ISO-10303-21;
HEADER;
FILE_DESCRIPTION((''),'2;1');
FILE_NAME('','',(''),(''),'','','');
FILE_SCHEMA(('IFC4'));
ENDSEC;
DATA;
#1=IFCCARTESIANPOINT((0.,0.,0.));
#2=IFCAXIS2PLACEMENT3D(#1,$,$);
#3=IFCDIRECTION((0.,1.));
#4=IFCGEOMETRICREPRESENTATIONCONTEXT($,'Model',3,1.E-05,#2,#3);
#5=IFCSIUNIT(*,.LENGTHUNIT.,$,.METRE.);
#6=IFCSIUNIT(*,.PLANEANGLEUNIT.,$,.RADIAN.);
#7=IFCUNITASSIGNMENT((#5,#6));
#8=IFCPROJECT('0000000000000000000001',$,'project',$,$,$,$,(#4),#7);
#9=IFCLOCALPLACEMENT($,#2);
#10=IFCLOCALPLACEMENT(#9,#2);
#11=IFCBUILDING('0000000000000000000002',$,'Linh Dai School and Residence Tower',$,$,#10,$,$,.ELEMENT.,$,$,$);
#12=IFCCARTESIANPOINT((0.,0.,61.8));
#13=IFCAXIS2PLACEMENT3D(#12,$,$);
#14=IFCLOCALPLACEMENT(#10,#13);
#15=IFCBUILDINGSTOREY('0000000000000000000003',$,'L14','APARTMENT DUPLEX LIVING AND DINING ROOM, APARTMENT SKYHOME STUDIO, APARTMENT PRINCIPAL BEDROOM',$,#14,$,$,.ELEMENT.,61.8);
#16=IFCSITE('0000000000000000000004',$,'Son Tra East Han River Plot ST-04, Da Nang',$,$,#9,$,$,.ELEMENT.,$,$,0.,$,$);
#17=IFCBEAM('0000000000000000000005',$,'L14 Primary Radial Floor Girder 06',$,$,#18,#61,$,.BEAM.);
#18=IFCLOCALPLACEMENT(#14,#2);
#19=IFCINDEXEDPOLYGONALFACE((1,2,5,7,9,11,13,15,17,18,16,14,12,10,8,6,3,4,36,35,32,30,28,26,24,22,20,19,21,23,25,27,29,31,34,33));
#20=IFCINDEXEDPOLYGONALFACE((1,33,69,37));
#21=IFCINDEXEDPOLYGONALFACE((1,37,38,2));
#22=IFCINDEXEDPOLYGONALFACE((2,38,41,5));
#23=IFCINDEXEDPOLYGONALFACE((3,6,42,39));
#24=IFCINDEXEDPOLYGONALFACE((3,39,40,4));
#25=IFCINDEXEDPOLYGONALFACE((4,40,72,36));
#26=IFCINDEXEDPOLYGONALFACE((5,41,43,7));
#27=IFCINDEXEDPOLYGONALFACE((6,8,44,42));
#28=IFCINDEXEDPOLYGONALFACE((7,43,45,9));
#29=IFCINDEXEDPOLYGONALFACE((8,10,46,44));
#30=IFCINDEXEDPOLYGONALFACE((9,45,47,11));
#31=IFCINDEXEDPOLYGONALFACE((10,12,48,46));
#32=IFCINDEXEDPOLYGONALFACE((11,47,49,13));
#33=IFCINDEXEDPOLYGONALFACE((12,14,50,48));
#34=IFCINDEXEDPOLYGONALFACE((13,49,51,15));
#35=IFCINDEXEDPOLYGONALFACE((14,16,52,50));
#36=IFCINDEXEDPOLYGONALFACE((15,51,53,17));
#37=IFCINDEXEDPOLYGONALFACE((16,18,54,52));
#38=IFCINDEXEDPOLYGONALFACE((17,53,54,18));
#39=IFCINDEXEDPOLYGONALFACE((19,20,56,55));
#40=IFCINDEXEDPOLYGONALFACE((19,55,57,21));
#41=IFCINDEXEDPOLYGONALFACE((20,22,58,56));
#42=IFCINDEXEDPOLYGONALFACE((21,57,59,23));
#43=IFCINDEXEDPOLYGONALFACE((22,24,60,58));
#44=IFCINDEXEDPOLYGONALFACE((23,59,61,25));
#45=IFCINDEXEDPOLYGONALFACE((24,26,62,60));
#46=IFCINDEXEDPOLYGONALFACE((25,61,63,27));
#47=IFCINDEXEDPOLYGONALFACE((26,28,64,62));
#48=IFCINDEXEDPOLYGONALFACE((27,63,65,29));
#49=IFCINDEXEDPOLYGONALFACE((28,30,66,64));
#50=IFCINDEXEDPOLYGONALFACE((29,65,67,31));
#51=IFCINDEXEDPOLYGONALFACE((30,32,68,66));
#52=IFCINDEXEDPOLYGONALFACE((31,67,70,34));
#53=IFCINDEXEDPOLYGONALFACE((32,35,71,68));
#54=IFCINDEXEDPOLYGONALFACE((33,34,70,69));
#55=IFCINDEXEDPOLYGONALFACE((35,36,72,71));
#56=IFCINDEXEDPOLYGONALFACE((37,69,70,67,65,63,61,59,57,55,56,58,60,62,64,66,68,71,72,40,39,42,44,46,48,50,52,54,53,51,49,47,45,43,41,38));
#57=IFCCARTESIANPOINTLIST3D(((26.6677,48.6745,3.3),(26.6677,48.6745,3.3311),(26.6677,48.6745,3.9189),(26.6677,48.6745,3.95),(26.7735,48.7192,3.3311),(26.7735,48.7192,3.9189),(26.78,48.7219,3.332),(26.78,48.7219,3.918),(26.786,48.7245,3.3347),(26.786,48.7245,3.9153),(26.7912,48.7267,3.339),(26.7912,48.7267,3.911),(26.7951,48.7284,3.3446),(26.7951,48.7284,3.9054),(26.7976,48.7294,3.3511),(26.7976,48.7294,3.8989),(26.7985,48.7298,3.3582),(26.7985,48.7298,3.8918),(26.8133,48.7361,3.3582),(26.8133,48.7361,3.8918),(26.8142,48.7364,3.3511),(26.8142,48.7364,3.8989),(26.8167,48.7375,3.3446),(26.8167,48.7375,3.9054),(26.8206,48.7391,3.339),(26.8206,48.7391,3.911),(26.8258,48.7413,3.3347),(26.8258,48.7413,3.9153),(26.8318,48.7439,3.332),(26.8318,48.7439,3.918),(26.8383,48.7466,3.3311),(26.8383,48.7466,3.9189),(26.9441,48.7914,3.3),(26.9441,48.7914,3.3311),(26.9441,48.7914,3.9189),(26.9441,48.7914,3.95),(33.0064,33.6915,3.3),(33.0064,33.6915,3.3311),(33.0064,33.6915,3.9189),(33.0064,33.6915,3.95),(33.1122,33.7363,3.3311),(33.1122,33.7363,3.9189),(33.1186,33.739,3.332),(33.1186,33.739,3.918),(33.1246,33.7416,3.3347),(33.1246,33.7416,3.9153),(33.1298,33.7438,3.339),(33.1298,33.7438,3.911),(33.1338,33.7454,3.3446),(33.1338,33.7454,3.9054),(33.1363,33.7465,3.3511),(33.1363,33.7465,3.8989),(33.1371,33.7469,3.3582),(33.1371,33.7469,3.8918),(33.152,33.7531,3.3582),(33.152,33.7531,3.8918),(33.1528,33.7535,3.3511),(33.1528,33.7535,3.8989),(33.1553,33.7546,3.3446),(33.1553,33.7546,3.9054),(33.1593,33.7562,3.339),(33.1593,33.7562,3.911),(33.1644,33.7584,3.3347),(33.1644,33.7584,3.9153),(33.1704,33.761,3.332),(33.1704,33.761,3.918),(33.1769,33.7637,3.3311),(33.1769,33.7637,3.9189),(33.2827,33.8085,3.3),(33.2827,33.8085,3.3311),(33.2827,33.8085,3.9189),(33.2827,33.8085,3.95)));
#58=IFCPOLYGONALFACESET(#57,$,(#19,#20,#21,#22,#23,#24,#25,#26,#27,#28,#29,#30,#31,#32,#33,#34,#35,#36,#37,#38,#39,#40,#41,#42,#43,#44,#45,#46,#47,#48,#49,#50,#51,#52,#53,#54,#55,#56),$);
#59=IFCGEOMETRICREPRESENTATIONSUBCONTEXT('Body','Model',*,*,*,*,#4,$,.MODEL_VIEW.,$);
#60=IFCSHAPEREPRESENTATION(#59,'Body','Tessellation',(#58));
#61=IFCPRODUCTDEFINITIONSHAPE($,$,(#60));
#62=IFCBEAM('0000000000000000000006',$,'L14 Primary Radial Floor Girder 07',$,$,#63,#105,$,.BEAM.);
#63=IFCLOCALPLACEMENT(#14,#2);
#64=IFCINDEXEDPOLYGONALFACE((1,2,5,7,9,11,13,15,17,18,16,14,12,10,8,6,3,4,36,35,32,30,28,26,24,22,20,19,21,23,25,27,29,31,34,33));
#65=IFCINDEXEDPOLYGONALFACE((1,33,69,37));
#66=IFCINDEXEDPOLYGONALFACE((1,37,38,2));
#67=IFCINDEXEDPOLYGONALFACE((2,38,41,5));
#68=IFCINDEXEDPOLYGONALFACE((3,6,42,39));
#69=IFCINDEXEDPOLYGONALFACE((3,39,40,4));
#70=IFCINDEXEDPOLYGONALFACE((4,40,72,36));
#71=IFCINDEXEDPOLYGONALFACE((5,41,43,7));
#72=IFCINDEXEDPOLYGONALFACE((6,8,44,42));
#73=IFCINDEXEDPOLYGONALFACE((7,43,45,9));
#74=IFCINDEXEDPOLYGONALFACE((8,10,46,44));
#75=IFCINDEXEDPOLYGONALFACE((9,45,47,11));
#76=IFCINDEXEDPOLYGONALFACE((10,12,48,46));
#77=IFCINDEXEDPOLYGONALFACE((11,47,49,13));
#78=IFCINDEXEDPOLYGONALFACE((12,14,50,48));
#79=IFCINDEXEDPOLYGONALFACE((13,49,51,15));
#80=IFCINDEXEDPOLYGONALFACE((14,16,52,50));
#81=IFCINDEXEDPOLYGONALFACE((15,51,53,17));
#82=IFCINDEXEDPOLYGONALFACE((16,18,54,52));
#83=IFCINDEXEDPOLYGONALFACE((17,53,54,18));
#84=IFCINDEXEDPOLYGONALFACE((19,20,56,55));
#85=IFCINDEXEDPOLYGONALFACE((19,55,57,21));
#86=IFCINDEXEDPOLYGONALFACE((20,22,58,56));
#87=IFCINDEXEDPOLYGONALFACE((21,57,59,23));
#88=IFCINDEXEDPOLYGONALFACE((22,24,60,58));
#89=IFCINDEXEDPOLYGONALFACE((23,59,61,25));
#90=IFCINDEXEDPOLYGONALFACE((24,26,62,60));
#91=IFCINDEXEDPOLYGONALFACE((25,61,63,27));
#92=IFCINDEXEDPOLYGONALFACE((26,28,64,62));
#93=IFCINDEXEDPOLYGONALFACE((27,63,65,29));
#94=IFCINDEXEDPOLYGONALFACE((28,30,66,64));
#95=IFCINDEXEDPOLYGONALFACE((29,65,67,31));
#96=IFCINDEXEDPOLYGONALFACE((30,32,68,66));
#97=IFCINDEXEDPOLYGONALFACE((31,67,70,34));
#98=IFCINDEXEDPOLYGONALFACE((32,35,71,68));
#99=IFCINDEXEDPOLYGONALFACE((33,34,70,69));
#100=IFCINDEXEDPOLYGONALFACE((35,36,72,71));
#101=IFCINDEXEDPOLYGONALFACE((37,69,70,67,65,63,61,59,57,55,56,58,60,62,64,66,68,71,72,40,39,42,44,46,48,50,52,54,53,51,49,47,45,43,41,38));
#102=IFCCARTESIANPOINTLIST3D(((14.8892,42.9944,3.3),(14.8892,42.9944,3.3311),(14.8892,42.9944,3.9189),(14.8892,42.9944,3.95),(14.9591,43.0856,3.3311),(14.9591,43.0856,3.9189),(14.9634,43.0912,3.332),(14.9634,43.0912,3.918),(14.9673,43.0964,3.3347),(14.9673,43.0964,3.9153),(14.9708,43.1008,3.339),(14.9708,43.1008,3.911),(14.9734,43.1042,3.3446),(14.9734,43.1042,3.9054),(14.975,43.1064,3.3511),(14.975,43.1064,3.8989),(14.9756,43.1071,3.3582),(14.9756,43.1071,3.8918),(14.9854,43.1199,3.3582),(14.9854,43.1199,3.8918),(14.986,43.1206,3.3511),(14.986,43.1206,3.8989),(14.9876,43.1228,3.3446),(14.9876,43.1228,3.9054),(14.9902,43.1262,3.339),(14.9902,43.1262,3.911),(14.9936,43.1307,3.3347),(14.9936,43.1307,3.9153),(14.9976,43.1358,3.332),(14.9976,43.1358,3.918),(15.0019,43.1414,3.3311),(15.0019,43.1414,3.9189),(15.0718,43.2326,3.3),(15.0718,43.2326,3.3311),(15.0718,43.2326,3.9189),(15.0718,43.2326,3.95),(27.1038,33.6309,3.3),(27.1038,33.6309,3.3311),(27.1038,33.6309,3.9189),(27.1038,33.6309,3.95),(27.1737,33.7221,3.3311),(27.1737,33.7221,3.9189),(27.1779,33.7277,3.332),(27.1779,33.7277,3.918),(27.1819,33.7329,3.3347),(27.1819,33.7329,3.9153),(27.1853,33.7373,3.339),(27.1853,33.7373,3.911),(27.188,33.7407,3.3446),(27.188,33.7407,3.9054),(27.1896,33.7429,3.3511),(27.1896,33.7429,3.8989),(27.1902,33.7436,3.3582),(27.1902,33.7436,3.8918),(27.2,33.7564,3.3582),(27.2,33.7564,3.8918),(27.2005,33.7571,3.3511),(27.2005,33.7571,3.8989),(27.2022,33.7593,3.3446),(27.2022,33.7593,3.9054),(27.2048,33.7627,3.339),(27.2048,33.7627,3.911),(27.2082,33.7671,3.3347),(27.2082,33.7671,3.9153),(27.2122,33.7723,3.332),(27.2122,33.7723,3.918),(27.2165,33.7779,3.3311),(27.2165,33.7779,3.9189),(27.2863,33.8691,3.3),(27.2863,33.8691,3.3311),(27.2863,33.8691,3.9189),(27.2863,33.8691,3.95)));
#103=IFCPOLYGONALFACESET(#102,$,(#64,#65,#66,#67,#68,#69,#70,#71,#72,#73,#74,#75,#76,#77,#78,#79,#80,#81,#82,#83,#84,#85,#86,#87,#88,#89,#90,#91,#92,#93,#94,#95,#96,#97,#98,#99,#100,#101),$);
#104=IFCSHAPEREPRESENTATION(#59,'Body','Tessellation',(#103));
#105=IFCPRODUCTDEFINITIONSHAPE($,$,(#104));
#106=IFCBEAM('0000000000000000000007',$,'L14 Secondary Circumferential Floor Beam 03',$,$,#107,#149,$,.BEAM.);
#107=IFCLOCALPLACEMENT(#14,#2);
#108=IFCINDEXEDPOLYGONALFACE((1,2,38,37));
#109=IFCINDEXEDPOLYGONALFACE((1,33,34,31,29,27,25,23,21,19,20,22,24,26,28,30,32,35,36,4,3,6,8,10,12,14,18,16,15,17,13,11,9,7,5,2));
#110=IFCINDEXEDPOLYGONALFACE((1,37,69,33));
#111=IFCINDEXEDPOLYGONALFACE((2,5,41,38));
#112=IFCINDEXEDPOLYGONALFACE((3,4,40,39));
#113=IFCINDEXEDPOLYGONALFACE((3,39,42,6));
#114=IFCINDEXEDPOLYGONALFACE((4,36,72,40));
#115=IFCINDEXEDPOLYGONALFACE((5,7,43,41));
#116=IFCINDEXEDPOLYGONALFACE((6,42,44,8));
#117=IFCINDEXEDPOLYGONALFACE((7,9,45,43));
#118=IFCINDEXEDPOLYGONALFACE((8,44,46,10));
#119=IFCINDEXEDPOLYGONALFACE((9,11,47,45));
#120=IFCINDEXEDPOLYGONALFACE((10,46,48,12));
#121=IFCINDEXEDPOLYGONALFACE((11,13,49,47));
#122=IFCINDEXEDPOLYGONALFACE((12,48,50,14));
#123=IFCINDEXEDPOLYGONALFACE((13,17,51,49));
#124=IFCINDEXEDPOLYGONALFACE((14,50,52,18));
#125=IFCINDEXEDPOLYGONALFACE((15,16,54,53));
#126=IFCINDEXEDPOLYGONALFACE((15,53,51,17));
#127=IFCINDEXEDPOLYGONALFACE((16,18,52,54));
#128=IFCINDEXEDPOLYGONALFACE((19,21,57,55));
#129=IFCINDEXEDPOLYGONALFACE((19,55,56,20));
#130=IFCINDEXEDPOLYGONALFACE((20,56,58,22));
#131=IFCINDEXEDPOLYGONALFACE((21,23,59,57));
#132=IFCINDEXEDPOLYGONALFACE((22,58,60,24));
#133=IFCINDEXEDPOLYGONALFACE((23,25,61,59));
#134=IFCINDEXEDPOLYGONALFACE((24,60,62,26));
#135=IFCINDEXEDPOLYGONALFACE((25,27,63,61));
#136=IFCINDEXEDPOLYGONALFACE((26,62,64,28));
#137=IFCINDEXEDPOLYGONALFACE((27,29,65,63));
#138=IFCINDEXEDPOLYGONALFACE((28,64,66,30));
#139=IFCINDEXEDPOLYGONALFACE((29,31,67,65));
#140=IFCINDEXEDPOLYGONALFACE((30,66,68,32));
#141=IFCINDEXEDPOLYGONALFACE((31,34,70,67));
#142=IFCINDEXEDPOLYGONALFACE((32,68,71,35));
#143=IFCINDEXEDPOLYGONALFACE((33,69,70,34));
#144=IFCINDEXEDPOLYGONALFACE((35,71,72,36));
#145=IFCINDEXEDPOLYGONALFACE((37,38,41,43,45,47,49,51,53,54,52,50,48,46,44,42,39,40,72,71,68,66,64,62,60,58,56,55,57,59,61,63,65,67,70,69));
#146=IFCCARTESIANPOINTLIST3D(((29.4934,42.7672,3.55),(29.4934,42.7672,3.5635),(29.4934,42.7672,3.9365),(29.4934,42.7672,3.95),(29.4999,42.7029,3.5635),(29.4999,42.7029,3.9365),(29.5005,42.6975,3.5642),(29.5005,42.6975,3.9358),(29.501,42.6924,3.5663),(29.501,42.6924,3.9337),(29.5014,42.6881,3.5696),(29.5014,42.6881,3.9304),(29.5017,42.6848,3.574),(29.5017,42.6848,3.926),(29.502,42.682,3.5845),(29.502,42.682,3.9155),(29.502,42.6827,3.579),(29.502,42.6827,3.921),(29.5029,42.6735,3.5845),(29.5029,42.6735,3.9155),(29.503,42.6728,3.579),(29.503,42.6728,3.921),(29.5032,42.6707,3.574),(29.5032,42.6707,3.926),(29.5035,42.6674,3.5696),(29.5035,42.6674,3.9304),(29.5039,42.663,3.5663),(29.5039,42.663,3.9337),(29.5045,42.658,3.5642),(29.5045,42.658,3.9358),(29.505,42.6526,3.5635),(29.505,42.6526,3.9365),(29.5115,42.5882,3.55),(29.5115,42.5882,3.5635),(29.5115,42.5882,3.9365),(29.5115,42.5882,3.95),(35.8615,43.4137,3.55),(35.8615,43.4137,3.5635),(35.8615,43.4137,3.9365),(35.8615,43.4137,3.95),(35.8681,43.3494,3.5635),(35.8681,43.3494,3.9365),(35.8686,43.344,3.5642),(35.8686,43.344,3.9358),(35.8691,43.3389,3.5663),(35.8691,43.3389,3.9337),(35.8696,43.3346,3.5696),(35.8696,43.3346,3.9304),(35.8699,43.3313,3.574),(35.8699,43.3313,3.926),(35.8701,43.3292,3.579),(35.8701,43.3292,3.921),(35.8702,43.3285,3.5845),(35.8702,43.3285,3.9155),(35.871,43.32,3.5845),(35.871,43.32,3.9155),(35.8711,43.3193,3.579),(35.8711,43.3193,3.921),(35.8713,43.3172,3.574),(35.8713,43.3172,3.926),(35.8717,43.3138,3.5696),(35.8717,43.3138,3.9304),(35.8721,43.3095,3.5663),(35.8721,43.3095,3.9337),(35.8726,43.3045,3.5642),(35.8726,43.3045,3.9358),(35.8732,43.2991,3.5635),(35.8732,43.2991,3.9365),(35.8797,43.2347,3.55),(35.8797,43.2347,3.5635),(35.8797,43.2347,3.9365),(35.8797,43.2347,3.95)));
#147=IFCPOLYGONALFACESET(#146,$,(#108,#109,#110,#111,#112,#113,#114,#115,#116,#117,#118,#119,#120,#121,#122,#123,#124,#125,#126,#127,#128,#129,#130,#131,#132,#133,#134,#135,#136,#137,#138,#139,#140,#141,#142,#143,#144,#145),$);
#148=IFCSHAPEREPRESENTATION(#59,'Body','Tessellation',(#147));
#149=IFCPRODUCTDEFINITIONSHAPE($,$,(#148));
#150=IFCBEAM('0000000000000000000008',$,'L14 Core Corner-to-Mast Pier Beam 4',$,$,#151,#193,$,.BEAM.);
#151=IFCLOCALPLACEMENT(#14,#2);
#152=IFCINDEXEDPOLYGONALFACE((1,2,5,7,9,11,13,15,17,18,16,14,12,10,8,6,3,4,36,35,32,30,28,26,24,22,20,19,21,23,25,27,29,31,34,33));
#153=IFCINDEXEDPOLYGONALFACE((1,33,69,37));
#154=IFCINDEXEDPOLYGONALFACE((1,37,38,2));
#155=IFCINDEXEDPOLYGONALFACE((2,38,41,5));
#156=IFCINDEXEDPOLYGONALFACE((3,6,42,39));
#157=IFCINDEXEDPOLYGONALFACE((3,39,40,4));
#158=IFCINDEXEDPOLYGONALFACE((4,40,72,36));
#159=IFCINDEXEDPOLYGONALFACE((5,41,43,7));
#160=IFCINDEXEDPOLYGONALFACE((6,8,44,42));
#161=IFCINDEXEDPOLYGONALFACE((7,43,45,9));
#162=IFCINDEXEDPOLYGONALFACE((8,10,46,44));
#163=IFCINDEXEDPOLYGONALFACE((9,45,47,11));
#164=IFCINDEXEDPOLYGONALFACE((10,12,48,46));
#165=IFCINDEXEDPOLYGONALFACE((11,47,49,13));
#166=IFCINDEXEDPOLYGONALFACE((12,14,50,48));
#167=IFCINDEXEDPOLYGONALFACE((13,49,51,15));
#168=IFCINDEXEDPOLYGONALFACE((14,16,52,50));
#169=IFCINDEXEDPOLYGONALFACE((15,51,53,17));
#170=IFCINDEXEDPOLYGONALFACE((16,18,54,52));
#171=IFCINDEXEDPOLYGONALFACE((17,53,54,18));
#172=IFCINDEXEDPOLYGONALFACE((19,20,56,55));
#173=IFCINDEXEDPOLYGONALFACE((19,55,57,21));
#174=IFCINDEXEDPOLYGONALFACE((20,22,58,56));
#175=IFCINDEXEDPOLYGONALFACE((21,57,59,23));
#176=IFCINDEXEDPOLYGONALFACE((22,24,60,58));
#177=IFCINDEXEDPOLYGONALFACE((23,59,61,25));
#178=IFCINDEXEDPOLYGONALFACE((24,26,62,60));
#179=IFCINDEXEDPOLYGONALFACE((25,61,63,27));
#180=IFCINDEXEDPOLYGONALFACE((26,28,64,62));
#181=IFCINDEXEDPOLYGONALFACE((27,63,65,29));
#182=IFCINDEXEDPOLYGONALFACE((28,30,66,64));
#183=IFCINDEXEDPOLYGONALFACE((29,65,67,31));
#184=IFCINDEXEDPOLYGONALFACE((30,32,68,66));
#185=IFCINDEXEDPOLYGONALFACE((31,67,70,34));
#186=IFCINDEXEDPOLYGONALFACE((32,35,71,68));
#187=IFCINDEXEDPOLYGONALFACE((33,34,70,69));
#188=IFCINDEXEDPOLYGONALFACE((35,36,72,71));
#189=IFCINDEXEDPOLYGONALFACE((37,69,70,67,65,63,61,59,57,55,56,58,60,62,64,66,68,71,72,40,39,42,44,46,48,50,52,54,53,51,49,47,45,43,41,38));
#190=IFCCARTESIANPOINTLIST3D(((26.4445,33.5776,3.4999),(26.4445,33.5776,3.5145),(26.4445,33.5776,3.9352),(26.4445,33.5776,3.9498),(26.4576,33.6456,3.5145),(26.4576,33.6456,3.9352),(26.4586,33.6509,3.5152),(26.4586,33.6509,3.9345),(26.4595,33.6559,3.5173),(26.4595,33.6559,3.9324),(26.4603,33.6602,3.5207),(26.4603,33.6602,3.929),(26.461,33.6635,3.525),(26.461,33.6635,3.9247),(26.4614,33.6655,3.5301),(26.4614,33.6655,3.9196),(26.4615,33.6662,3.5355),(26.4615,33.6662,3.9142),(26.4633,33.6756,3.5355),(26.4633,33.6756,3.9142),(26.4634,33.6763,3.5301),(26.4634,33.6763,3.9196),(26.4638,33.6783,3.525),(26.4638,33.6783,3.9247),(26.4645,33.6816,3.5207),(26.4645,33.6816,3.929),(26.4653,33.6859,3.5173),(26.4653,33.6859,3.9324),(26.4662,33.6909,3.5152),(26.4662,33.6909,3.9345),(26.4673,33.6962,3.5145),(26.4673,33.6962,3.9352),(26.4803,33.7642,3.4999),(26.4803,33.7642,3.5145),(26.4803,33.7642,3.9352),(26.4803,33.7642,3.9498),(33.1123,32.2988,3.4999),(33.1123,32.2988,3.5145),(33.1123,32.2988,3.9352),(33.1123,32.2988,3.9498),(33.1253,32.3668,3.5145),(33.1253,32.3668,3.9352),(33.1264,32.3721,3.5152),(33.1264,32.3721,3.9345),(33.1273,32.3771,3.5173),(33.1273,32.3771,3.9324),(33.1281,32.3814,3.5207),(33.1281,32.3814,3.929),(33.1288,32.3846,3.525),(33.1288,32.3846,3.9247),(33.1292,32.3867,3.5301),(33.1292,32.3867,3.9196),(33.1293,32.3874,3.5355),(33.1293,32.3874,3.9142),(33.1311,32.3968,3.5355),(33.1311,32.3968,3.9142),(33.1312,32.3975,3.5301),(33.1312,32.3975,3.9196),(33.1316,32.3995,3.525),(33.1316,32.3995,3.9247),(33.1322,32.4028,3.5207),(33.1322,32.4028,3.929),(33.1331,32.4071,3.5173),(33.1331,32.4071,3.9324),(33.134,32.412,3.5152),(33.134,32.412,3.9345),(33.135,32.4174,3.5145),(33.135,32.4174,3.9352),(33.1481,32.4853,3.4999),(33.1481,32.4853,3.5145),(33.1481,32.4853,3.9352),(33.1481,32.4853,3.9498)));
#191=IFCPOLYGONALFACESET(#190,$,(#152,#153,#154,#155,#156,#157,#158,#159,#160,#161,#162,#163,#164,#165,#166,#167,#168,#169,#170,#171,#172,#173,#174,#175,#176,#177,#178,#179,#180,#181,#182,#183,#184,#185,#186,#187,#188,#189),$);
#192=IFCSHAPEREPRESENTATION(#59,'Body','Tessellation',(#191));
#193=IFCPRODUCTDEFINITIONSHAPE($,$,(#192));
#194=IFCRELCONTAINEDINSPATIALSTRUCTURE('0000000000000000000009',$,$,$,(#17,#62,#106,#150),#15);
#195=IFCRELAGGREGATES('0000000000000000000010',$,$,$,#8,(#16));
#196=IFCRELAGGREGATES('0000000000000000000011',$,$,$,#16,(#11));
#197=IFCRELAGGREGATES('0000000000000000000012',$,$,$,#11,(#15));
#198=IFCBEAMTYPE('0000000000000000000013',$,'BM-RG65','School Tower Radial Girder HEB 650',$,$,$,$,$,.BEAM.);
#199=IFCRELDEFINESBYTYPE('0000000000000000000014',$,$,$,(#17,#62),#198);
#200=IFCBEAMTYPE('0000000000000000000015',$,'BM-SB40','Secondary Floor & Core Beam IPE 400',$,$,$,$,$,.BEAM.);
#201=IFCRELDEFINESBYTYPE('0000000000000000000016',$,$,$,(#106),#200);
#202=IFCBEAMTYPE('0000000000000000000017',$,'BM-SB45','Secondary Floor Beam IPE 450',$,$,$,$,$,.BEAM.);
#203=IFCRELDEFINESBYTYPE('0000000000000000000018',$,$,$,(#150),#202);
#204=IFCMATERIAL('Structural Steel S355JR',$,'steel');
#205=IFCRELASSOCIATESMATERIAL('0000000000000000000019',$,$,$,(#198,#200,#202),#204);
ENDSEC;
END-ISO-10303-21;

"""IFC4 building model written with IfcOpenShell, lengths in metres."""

from ifc_helpers import new_model, si_unit, direction, frame, origin, origin_2d, place, context, subcontext, project, spatial, i_section, extrude, material, material_profile, profile_set, type_object, element, save


model = new_model("IFC4")

# Units and contexts
model_context = context("Model", 3, precision=1e-05, world=origin(), true_north=direction((0.0, 1.0)))
body_context = subcontext(model_context, "Body", "Model", "MODEL_VIEW")
ifc_project = project(units=[si_unit("LENGTHUNIT", "METRE"), si_unit("PLANEANGLEUNIT", "RADIAN")], contexts=[model_context])

# Site, building, storey
site_placement = place(None, origin())
site = spatial("IfcSite", under=ifc_project, at=site_placement, Name="Son Tra East Han River Plot ST-04, Da Nang", CompositionType="ELEMENT", RefElevation=0.0)
building_placement = place(site_placement, origin())
building = spatial("IfcBuilding", under=site, at=building_placement, Name="Linh Dai School and Residence Tower", CompositionType="ELEMENT")
storey_placement = place(building_placement, frame((0.0, 0.0, 61.8)))
storey = spatial("IfcBuildingStorey", under=building, at=storey_placement, Name="L14", Description="APARTMENT DUPLEX LIVING AND DINING ROOM, APARTMENT SKYHOME STUDIO, APARTMENT PRINCIPAL BEDROOM", CompositionType="ELEMENT", Elevation=61.8)

# Shared definitions
ifc_material_1 = material(Name="Structural Steel S355JR", Category="steel")

# Beams
ifc_material_profile_1 = material_profile(ifc_material_1, i_section(OverallWidth=0.3, OverallDepth=0.6499, WebThickness=0.0161, FlangeThickness=0.031, FilletRadius=0.0271, at=origin_2d()), Name="HEB 650")
ifc_profile_set_1 = profile_set([ifc_material_profile_1], Name="Structural Steel S355JR")
beam_type_1 = type_object("IfcBeamType", Name="BM-RG65", Description="School Tower Radial Girder HEB 650", PredefinedType="BEAM", material=ifc_profile_set_1)
beam_1_placement = place(storey_placement, frame((33.1445, 33.75, 3.625), z_axis=(-0.389624, 0.920974, 0.0), x_axis=(-0.920974, -0.389624, 0.0)))
element("IfcBeam", 1, at=beam_1_placement, inside=storey, type_object=beam_type_1, Name="L14 Primary Radial Floor Girder 06", PredefinedType="BEAM", context=body_context, shape_type="SweptSolid", body=[
    extrude(i_section(OverallWidth=0.3, OverallDepth=0.6499, WebThickness=0.0161, FlangeThickness=0.031, FilletRadius=0.0271, at=origin_2d()), origin(), (0.0, 0.0, 1.0), 16.2686),
])
beam_2_placement = place(storey_placement, frame((27.1951, 33.75, 3.625), z_axis=(-0.793638, 0.608391, 0.0), x_axis=(-0.608391, -0.793638, 0.0)))
element("IfcBeam", 2, at=beam_2_placement, inside=storey, type_object=beam_type_1, Name="L14 Primary Radial Floor Girder 07", PredefinedType="BEAM", context=body_context, shape_type="SweptSolid", body=[
    extrude(i_section(OverallWidth=0.3, OverallDepth=0.6499, WebThickness=0.0161, FlangeThickness=0.031, FilletRadius=0.0271, at=origin_2d()), origin(), (0.0, 0.0, 1.0), 15.3906),
])
ifc_material_profile_2 = material_profile(ifc_material_1, i_section(OverallWidth=0.1799, OverallDepth=0.3999, WebThickness=0.0085, FlangeThickness=0.0134, FilletRadius=0.021, at=origin_2d()), Name="IPE 400")
ifc_profile_set_2 = profile_set([ifc_material_profile_2], Name="Structural Steel S355JR")
beam_type_2 = type_object("IfcBeamType", Name="BM-SB40", Description="Secondary Floor & Core Beam IPE 400", PredefinedType="BEAM", material=ifc_profile_set_2)
beam_3_placement = place(storey_placement, frame((35.8706, 43.3242, 3.75), z_axis=(-0.994887, -0.100999, 0.0), x_axis=(0.100999, -0.994887, 0.0)))
element("IfcBeam", 3, at=beam_3_placement, inside=storey, type_object=beam_type_2, Name="L14 Secondary Circumferential Floor Beam 03", PredefinedType="BEAM", context=body_context, shape_type="SweptSolid", body=[
    extrude(i_section(OverallWidth=0.1799, OverallDepth=0.3999, WebThickness=0.0085, FlangeThickness=0.0134, FilletRadius=0.021, at=origin_2d()), origin(), (0.0, 0.0, 1.0), 6.4009),
])
ifc_material_profile_3 = material_profile(ifc_material_1, i_section(OverallWidth=0.1899, OverallDepth=0.45, WebThickness=0.0095, FlangeThickness=0.0146, FilletRadius=0.021, at=origin_2d()), Name="IPE 450")
ifc_profile_set_3 = profile_set([ifc_material_profile_3], Name="Structural Steel S355JR")
beam_type_3 = type_object("IfcBeamType", Name="BM-SB45", Description="Secondary Floor Beam IPE 450", PredefinedType="BEAM", material=ifc_profile_set_3)
beam_4_placement = place(storey_placement, frame((26.4624, 33.6709, 3.7249), z_axis=(0.9821, -0.188358, 0.0), x_axis=(0.188358, 0.9821, 0.0)))
element("IfcBeam", 4, at=beam_4_placement, inside=storey, type_object=beam_type_3, Name="L14 Core Corner-to-Mast Pier Beam 4", PredefinedType="BEAM", context=body_context, shape_type="SweptSolid", body=[
    extrude(i_section(OverallWidth=0.1899, OverallDepth=0.45, WebThickness=0.0095, FlangeThickness=0.0146, FilletRadius=0.021, at=origin_2d()), origin(), (0.0, 0.0, 1.0), 6.7893),
])

save(model, "model.ifc")
